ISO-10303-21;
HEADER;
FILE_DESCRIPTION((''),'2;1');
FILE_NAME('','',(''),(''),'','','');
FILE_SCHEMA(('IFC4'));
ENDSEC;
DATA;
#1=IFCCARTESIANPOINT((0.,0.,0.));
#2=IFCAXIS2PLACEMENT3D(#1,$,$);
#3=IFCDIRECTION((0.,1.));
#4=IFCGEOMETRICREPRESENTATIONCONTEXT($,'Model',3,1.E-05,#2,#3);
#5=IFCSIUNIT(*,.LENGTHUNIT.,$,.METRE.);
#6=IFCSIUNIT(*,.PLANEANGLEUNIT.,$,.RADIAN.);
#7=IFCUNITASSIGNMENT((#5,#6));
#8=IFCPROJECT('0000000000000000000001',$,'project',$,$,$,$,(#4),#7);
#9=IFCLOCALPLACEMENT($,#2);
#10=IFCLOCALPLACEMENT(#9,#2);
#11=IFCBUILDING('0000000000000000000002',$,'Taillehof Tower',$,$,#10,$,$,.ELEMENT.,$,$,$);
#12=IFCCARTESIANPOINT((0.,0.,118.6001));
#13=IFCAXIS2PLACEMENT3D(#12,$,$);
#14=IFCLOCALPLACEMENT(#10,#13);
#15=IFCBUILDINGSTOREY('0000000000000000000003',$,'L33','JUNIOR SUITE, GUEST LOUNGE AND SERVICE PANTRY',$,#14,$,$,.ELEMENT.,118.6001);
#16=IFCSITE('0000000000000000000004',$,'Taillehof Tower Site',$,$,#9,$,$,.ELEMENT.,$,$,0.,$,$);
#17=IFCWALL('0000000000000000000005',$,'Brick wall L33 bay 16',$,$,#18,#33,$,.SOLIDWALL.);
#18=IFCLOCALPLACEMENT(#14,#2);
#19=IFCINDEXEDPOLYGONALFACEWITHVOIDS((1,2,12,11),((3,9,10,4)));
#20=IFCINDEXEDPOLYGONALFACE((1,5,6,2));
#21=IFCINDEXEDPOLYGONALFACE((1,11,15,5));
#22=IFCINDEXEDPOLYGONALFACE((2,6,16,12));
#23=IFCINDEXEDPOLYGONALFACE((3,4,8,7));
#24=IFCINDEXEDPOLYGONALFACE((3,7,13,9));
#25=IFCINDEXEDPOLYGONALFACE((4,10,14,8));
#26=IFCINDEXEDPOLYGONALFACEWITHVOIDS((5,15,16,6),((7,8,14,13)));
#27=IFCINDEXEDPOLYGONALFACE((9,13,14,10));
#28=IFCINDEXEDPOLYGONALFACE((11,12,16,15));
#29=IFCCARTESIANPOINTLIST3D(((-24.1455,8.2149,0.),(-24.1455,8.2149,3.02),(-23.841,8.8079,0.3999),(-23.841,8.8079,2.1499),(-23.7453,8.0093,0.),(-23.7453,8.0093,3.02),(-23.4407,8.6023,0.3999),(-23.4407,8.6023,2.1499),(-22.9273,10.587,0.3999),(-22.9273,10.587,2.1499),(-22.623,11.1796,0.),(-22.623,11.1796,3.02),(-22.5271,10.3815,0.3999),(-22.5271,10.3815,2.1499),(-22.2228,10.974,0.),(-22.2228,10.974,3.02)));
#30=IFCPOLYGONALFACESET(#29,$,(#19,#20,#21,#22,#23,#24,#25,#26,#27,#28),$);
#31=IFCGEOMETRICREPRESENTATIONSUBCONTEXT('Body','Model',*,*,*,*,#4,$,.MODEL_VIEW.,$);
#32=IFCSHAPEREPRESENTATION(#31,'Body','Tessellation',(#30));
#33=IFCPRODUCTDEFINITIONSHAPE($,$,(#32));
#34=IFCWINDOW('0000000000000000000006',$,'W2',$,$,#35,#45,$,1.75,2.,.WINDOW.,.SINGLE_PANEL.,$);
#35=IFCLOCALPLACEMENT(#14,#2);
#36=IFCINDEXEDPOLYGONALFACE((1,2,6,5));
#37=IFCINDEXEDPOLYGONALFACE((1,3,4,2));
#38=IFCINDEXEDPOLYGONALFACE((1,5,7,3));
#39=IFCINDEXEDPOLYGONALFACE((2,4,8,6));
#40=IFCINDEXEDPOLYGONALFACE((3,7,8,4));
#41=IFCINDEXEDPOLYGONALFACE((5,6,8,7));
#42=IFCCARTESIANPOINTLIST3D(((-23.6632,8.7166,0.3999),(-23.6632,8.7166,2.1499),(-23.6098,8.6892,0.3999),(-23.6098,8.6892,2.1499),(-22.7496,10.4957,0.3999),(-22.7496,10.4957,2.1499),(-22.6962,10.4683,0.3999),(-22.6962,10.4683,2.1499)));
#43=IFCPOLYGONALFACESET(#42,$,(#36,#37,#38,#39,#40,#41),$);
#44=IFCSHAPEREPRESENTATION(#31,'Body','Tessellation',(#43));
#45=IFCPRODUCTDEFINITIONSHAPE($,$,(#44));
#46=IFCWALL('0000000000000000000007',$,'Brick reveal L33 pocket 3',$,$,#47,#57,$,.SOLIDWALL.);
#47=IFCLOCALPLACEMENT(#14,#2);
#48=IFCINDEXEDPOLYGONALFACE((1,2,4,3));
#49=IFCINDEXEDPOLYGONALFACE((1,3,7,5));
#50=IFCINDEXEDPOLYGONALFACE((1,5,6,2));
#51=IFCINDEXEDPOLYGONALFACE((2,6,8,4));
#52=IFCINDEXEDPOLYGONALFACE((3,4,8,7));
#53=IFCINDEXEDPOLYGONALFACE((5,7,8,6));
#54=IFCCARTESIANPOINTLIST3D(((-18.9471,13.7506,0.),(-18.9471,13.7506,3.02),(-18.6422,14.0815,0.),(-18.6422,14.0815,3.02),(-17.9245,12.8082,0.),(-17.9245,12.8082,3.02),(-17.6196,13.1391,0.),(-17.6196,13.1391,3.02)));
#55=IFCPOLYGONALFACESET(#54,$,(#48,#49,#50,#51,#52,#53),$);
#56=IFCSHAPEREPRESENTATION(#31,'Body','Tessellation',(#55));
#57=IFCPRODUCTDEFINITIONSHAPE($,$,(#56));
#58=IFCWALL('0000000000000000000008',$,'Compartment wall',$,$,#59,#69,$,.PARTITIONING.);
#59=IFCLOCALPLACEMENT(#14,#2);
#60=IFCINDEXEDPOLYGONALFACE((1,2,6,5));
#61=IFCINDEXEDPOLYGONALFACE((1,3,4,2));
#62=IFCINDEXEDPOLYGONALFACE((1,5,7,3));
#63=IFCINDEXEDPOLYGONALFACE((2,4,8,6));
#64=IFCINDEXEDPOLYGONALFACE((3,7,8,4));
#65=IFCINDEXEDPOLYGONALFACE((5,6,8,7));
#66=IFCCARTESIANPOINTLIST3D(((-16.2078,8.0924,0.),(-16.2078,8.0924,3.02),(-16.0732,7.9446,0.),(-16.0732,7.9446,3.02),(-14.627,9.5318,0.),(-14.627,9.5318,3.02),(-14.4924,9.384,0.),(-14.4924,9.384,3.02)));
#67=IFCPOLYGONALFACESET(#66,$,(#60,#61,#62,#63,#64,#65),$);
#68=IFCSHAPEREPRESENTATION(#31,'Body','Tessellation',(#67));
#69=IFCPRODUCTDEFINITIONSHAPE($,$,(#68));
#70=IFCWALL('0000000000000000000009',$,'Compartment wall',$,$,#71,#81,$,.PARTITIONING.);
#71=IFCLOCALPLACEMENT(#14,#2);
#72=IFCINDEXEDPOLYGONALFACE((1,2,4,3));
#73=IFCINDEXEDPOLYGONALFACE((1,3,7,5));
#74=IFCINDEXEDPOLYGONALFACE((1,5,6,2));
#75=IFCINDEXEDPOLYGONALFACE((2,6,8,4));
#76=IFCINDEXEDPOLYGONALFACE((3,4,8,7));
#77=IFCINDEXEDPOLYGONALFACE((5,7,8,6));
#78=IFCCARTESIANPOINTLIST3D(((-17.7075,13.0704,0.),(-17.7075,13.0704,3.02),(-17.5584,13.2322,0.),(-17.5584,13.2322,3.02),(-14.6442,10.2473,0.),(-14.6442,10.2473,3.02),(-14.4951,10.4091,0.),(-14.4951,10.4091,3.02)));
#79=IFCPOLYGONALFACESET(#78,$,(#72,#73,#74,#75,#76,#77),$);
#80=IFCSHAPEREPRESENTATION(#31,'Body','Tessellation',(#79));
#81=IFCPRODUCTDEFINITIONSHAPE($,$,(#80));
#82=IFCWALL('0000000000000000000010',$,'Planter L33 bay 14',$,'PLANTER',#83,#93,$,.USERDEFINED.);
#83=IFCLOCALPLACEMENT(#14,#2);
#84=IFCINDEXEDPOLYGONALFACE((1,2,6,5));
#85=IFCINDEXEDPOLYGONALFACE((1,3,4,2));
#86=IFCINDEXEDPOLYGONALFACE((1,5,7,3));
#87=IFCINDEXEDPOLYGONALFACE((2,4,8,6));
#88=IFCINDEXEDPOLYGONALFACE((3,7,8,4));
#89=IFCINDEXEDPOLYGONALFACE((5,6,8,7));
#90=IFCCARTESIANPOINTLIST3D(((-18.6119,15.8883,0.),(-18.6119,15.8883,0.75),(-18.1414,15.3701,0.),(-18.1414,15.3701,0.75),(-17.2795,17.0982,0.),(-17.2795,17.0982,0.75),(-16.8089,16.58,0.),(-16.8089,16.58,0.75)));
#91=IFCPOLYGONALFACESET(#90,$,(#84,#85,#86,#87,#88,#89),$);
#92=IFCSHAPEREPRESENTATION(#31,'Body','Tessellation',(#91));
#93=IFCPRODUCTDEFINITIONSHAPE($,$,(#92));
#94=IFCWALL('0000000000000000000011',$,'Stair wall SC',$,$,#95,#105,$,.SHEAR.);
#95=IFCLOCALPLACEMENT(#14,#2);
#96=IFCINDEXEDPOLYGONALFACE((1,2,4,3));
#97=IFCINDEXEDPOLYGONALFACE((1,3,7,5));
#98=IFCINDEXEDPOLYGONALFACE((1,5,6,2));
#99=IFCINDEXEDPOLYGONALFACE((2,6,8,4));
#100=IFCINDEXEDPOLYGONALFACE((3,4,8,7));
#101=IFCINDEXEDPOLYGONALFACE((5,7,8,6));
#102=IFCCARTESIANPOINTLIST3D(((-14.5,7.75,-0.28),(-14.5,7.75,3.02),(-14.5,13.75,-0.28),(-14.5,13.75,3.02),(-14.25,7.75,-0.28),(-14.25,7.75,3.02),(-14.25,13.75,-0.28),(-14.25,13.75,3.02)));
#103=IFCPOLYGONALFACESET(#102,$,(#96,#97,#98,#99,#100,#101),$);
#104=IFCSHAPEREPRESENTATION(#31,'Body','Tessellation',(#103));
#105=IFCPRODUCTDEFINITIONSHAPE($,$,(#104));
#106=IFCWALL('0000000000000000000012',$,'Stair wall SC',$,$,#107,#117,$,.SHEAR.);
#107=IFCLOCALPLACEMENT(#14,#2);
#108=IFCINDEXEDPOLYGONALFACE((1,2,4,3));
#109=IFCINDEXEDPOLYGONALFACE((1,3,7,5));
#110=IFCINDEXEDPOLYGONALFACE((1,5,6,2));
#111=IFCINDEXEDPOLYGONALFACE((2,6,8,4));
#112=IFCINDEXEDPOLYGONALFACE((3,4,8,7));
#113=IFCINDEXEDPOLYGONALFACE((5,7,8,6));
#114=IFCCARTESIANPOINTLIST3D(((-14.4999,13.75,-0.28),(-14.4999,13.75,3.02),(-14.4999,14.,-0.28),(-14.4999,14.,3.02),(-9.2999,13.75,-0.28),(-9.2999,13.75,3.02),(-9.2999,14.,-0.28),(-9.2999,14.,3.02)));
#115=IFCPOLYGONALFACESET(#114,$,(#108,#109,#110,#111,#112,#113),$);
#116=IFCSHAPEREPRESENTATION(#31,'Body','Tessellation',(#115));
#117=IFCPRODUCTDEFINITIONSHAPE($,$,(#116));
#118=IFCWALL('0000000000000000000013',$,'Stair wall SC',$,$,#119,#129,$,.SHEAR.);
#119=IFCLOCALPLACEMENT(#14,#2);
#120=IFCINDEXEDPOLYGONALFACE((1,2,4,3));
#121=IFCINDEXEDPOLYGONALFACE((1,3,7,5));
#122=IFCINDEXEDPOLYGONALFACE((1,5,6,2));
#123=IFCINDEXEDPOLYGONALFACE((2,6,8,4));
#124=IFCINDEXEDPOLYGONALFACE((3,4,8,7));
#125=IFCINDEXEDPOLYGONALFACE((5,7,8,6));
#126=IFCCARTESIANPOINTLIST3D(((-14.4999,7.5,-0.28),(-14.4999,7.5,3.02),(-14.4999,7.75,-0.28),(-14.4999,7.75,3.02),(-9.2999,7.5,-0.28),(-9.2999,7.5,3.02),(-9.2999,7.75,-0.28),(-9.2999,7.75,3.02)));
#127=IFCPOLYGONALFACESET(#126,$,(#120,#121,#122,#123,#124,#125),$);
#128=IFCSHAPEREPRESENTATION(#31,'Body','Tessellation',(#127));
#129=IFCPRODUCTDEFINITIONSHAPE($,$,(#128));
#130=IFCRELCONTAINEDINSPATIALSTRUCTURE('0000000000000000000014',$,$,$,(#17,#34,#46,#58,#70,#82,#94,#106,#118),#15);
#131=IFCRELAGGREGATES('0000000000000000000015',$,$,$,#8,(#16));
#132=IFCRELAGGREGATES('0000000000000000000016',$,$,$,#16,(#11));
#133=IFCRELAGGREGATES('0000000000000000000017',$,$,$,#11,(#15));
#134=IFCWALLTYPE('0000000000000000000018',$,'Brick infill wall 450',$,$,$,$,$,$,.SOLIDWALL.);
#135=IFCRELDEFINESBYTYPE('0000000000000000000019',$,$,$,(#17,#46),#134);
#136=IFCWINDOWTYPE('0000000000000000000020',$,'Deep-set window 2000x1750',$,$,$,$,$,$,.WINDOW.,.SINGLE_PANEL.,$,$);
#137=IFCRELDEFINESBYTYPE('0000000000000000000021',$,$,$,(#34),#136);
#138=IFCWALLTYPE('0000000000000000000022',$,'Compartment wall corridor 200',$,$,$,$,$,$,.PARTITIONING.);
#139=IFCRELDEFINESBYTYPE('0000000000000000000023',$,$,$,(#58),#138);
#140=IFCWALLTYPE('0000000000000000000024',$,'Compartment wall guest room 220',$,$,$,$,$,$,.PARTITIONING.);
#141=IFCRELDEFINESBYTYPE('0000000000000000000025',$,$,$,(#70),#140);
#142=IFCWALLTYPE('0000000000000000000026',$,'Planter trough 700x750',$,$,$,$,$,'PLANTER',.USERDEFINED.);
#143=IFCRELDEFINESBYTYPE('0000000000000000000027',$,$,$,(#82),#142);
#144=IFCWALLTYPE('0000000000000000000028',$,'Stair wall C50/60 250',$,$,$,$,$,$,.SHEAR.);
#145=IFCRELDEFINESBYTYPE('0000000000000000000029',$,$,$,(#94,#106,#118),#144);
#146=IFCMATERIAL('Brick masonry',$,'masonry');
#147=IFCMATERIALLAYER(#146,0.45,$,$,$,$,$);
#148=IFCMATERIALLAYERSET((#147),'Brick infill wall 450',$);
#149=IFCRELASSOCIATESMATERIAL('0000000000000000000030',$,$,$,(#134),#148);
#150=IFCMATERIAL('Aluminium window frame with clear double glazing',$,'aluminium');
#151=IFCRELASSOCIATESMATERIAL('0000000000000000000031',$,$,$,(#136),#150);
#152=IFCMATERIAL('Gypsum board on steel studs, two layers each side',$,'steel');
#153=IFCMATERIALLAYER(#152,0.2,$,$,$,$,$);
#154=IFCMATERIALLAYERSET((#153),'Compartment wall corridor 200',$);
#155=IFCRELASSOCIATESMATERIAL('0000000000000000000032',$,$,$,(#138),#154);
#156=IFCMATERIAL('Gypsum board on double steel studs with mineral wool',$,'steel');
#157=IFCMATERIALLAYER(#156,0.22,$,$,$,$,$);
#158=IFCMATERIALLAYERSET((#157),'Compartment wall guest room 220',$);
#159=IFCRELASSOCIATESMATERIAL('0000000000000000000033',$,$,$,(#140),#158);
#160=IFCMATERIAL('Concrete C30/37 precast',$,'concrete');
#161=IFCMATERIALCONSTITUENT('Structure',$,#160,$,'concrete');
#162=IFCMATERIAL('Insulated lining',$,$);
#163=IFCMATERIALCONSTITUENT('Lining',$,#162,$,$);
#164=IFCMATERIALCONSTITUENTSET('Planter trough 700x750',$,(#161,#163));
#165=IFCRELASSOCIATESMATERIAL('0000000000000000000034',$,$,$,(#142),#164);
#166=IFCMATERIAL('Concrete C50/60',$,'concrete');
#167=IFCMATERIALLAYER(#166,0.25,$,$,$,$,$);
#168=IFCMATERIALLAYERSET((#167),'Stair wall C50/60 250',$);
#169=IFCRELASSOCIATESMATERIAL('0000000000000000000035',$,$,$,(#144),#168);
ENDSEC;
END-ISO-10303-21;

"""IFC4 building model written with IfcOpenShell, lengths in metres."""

from ifc_helpers import new_model, si_unit, direction, frame, frame_2d, origin, place, context, subcontext, project, spatial, rectangle, extrude, material, layer, layer_set, constituent, constituent_set, type_object, element, fill, save


model = new_model("IFC4")

# Units and contexts
model_context = context("Model", 3, precision=1e-05, world=origin(), true_north=direction((0.0, 1.0)))
body_context = subcontext(model_context, "Body", "Model", "MODEL_VIEW")
ifc_project = project(units=[si_unit("LENGTHUNIT", "METRE"), si_unit("PLANEANGLEUNIT", "RADIAN")], contexts=[model_context])

# Site, building, storey
site_placement = place(None, origin())
site = spatial("IfcSite", under=ifc_project, at=site_placement, Name="Taillehof Tower Site", CompositionType="ELEMENT", RefElevation=0.0)
building_placement = place(site_placement, origin())
building = spatial("IfcBuilding", under=site, at=building_placement, Name="Taillehof Tower", CompositionType="ELEMENT")
storey_placement = place(building_placement, frame((0.0, 0.0, 118.6001)))
storey = spatial("IfcBuildingStorey", under=building, at=storey_placement, Name="L33", Description="JUNIOR SUITE, GUEST LOUNGE AND SERVICE PANTRY", CompositionType="ELEMENT", Elevation=118.6001)

# Wall, opening, window
ifc_material_1 = material(Name="Brick masonry", Category="masonry")
ifc_layer_1 = layer(ifc_material_1, 0.45)
ifc_layer_set_1 = layer_set([ifc_layer_1], Name="Brick infill wall 450")
wall_type_1 = type_object("IfcWallType", Name="Brick infill wall 450", PredefinedType="SOLIDWALL", material=ifc_layer_set_1)
ifc_material_2 = material(Name="Aluminium window frame with clear double glazing", Category="aluminium")
window_type_1 = type_object("IfcWindowType", Name="Deep-set window 2000x1750", PartitioningType="SINGLE_PANEL", PredefinedType="WINDOW", material=ifc_material_2)
wall_1_placement = place(storey_placement, frame((-22.4229, 11.0769, 0.0), z_axis=(0.0, 0.0, 1.0), x_axis=(-0.456828, -0.889555, 0.0)))
wall_1 = element("IfcWall", 1, at=wall_1_placement, inside=storey, type_object=wall_type_1, Name="Brick wall L33 bay 16", PredefinedType="SOLIDWALL", context=body_context, shape_type="SweptSolid", body=[
    extrude(rectangle(XDim=3.3328, YDim=0.45, at=frame_2d((1.6665, 0.0))), origin(), (0.0, 0.0, 1.0), 3.02),
])
opening_1_placement = place(wall_1_placement, frame((0.6663, 0.0, 0.3999)))
opening_1 = element("IfcOpeningElement", 2, at=opening_1_placement, cuts=wall_1, PredefinedType="OPENING", context=body_context, shape_type="SweptSolid", body=[
    extrude(rectangle(XDim=2.0, YDim=1.75, at=frame_2d((1.0, 0.875))), frame((0.0, 0.2349, 0.0), z_axis=(0.0, -1.0, 0.0), x_axis=(1.0, 0.0, 0.0)), (0.0, 0.0, 1.0), 0.47),
])
window_1_placement = place(opening_1_placement, origin())
window_1 = element("IfcWindow", 3, at=window_1_placement, inside=storey, type_object=window_type_1, Name="W2", OverallHeight=1.75, OverallWidth=2.0, PartitioningType="SINGLE_PANEL", PredefinedType="WINDOW", context=body_context, shape_type="SweptSolid", body=[
    extrude(rectangle(XDim=2.0, YDim=1.75, at=frame_2d((1.0, 0.875))), frame((0.0, 0.0349, 0.0), z_axis=(0.0, -1.0, 0.0), x_axis=(1.0, 0.0, 0.0)), (0.0, 0.0, 1.0), 0.0601),
])
fill(opening_1, window_1)

# Wall
wall_2_placement = place(storey_placement, frame((-18.7947, 13.916, 0.0), z_axis=(0.0, 0.0, 1.0), x_axis=(0.735395, -0.677638, 0.0)))
element("IfcWall", 4, at=wall_2_placement, inside=storey, type_object=wall_type_1, Name="Brick reveal L33 pocket 3", PredefinedType="SOLIDWALL", context=body_context, shape_type="SweptSolid", body=[
    extrude(rectangle(XDim=1.3906, YDim=0.45, at=frame_2d((0.6953, 0.0))), origin(), (0.0, 0.0, 1.0), 3.02),
])

# Walls
ifc_material_3 = material(Name="Gypsum board on steel studs, two layers each side", Category="steel")
ifc_layer_2 = layer(ifc_material_3, 0.2)
ifc_layer_set_2 = layer_set([ifc_layer_2], Name="Compartment wall corridor 200")
wall_type_2 = type_object("IfcWallType", Name="Compartment wall corridor 200", PredefinedType="PARTITIONING", material=ifc_layer_set_2)
wall_3_placement = place(storey_placement, frame((-16.1404, 8.0186, 0.0), z_axis=(0.0, 0.0, 1.0), x_axis=(0.739392, 0.673275, 0.0)))
element("IfcWall", 5, at=wall_3_placement, inside=storey, type_object=wall_type_2, Name="Compartment wall", PredefinedType="PARTITIONING", context=body_context, shape_type="SweptSolid", body=[
    extrude(rectangle(XDim=2.1379, YDim=0.2, at=frame_2d((1.0688, 0.0))), origin(), (0.0, 0.0, 1.0), 3.02),
])
ifc_material_4 = material(Name="Gypsum board on double steel studs with mineral wool", Category="steel")
ifc_layer_3 = layer(ifc_material_4, 0.22)
ifc_layer_set_3 = layer_set([ifc_layer_3], Name="Compartment wall guest room 220")
wall_type_3 = type_object("IfcWallType", Name="Compartment wall guest room 220", PredefinedType="PARTITIONING", material=ifc_layer_set_3)
wall_4_placement = place(storey_placement, frame((-17.6331, 13.1514, 0.0), z_axis=(0.0, 0.0, 1.0), x_axis=(0.735354, -0.677684, 0.0)))
element("IfcWall", 6, at=wall_4_placement, inside=storey, type_object=wall_type_3, Name="Compartment wall", PredefinedType="PARTITIONING", context=body_context, shape_type="SweptSolid", body=[
    extrude(rectangle(XDim=4.1658, YDim=0.22, at=frame_2d((2.083, 0.0))), origin(), (0.0, 0.0, 1.0), 3.02),
])
ifc_material_5 = material(Name="Concrete C30/37 precast", Category="concrete")
ifc_constituent_1 = constituent(ifc_material_5, Name="Structure", Category="concrete")
ifc_material_6 = material(Name="Insulated lining")
ifc_constituent_2 = constituent(ifc_material_6, Name="Lining")
ifc_constituent_set = constituent_set(constituents=[ifc_constituent_1, ifc_constituent_2], Name="Planter trough 700x750")
wall_type_4 = type_object("IfcWallType", Name="Planter trough 700x750", ElementType="PLANTER", PredefinedType="USERDEFINED", material=ifc_constituent_set)
wall_5_placement = place(storey_placement, frame((-17.0442, 16.8391, 0.0), z_axis=(0.0, 0.0, 1.0), x_axis=(-0.740333, -0.672241, 0.0)))
element("IfcWall", 7, at=wall_5_placement, inside=storey, type_object=wall_type_4, Name="Planter L33 bay 14", ObjectType="PLANTER", PredefinedType="USERDEFINED", context=body_context, shape_type="SweptSolid", body=[
    extrude(rectangle(XDim=1.7998, YDim=0.7, at=frame_2d((0.8999, 0.0))), origin(), (0.0, 0.0, 1.0), 0.75),
])
ifc_material_7 = material(Name="Concrete C50/60", Category="concrete")
ifc_layer_4 = layer(ifc_material_7, 0.25)
ifc_layer_set_4 = layer_set([ifc_layer_4], Name="Stair wall C50/60 250")
wall_type_5 = type_object("IfcWallType", Name="Stair wall C50/60 250", PredefinedType="SHEAR", material=ifc_layer_set_4)
wall_6_placement = place(storey_placement, frame((-14.375, 7.75, -0.28), z_axis=(0.0, 0.0, 1.0), x_axis=(0.0, 1.0, 0.0)))
element("IfcWall", 8, at=wall_6_placement, inside=storey, type_object=wall_type_5, Name="Stair wall SC", PredefinedType="SHEAR", context=body_context, shape_type="SweptSolid", body=[
    extrude(rectangle(XDim=6.0, YDim=0.25, at=frame_2d((3.0, 0.0))), origin(), (0.0, 0.0, 1.0), 3.3),
])
for number, where, z_axis, x_axis, name in (
    (9, (-14.5, 13.875, -0.28), (0.0, 0.0, 1.0), (1.0, 0.0, 0.0), "Stair wall SC"),
    (10, (-14.5, 7.625, -0.28), (0.0, 0.0, 1.0), (1.0, 0.0, 0.0), "Stair wall SC"),
):
    element("IfcWall", number, at=place(storey_placement, frame(where, z_axis=z_axis, x_axis=x_axis)), inside=storey, type_object=wall_type_5, Name=name, PredefinedType="SHEAR", context=body_context, shape_type="SweptSolid", body=[
        extrude(rectangle(XDim=5.2, YDim=0.25, at=frame_2d((2.6001, 0.0))), origin(), (0.0, 0.0, 1.0), 3.3),
    ])

save(model, "model.ifc")
